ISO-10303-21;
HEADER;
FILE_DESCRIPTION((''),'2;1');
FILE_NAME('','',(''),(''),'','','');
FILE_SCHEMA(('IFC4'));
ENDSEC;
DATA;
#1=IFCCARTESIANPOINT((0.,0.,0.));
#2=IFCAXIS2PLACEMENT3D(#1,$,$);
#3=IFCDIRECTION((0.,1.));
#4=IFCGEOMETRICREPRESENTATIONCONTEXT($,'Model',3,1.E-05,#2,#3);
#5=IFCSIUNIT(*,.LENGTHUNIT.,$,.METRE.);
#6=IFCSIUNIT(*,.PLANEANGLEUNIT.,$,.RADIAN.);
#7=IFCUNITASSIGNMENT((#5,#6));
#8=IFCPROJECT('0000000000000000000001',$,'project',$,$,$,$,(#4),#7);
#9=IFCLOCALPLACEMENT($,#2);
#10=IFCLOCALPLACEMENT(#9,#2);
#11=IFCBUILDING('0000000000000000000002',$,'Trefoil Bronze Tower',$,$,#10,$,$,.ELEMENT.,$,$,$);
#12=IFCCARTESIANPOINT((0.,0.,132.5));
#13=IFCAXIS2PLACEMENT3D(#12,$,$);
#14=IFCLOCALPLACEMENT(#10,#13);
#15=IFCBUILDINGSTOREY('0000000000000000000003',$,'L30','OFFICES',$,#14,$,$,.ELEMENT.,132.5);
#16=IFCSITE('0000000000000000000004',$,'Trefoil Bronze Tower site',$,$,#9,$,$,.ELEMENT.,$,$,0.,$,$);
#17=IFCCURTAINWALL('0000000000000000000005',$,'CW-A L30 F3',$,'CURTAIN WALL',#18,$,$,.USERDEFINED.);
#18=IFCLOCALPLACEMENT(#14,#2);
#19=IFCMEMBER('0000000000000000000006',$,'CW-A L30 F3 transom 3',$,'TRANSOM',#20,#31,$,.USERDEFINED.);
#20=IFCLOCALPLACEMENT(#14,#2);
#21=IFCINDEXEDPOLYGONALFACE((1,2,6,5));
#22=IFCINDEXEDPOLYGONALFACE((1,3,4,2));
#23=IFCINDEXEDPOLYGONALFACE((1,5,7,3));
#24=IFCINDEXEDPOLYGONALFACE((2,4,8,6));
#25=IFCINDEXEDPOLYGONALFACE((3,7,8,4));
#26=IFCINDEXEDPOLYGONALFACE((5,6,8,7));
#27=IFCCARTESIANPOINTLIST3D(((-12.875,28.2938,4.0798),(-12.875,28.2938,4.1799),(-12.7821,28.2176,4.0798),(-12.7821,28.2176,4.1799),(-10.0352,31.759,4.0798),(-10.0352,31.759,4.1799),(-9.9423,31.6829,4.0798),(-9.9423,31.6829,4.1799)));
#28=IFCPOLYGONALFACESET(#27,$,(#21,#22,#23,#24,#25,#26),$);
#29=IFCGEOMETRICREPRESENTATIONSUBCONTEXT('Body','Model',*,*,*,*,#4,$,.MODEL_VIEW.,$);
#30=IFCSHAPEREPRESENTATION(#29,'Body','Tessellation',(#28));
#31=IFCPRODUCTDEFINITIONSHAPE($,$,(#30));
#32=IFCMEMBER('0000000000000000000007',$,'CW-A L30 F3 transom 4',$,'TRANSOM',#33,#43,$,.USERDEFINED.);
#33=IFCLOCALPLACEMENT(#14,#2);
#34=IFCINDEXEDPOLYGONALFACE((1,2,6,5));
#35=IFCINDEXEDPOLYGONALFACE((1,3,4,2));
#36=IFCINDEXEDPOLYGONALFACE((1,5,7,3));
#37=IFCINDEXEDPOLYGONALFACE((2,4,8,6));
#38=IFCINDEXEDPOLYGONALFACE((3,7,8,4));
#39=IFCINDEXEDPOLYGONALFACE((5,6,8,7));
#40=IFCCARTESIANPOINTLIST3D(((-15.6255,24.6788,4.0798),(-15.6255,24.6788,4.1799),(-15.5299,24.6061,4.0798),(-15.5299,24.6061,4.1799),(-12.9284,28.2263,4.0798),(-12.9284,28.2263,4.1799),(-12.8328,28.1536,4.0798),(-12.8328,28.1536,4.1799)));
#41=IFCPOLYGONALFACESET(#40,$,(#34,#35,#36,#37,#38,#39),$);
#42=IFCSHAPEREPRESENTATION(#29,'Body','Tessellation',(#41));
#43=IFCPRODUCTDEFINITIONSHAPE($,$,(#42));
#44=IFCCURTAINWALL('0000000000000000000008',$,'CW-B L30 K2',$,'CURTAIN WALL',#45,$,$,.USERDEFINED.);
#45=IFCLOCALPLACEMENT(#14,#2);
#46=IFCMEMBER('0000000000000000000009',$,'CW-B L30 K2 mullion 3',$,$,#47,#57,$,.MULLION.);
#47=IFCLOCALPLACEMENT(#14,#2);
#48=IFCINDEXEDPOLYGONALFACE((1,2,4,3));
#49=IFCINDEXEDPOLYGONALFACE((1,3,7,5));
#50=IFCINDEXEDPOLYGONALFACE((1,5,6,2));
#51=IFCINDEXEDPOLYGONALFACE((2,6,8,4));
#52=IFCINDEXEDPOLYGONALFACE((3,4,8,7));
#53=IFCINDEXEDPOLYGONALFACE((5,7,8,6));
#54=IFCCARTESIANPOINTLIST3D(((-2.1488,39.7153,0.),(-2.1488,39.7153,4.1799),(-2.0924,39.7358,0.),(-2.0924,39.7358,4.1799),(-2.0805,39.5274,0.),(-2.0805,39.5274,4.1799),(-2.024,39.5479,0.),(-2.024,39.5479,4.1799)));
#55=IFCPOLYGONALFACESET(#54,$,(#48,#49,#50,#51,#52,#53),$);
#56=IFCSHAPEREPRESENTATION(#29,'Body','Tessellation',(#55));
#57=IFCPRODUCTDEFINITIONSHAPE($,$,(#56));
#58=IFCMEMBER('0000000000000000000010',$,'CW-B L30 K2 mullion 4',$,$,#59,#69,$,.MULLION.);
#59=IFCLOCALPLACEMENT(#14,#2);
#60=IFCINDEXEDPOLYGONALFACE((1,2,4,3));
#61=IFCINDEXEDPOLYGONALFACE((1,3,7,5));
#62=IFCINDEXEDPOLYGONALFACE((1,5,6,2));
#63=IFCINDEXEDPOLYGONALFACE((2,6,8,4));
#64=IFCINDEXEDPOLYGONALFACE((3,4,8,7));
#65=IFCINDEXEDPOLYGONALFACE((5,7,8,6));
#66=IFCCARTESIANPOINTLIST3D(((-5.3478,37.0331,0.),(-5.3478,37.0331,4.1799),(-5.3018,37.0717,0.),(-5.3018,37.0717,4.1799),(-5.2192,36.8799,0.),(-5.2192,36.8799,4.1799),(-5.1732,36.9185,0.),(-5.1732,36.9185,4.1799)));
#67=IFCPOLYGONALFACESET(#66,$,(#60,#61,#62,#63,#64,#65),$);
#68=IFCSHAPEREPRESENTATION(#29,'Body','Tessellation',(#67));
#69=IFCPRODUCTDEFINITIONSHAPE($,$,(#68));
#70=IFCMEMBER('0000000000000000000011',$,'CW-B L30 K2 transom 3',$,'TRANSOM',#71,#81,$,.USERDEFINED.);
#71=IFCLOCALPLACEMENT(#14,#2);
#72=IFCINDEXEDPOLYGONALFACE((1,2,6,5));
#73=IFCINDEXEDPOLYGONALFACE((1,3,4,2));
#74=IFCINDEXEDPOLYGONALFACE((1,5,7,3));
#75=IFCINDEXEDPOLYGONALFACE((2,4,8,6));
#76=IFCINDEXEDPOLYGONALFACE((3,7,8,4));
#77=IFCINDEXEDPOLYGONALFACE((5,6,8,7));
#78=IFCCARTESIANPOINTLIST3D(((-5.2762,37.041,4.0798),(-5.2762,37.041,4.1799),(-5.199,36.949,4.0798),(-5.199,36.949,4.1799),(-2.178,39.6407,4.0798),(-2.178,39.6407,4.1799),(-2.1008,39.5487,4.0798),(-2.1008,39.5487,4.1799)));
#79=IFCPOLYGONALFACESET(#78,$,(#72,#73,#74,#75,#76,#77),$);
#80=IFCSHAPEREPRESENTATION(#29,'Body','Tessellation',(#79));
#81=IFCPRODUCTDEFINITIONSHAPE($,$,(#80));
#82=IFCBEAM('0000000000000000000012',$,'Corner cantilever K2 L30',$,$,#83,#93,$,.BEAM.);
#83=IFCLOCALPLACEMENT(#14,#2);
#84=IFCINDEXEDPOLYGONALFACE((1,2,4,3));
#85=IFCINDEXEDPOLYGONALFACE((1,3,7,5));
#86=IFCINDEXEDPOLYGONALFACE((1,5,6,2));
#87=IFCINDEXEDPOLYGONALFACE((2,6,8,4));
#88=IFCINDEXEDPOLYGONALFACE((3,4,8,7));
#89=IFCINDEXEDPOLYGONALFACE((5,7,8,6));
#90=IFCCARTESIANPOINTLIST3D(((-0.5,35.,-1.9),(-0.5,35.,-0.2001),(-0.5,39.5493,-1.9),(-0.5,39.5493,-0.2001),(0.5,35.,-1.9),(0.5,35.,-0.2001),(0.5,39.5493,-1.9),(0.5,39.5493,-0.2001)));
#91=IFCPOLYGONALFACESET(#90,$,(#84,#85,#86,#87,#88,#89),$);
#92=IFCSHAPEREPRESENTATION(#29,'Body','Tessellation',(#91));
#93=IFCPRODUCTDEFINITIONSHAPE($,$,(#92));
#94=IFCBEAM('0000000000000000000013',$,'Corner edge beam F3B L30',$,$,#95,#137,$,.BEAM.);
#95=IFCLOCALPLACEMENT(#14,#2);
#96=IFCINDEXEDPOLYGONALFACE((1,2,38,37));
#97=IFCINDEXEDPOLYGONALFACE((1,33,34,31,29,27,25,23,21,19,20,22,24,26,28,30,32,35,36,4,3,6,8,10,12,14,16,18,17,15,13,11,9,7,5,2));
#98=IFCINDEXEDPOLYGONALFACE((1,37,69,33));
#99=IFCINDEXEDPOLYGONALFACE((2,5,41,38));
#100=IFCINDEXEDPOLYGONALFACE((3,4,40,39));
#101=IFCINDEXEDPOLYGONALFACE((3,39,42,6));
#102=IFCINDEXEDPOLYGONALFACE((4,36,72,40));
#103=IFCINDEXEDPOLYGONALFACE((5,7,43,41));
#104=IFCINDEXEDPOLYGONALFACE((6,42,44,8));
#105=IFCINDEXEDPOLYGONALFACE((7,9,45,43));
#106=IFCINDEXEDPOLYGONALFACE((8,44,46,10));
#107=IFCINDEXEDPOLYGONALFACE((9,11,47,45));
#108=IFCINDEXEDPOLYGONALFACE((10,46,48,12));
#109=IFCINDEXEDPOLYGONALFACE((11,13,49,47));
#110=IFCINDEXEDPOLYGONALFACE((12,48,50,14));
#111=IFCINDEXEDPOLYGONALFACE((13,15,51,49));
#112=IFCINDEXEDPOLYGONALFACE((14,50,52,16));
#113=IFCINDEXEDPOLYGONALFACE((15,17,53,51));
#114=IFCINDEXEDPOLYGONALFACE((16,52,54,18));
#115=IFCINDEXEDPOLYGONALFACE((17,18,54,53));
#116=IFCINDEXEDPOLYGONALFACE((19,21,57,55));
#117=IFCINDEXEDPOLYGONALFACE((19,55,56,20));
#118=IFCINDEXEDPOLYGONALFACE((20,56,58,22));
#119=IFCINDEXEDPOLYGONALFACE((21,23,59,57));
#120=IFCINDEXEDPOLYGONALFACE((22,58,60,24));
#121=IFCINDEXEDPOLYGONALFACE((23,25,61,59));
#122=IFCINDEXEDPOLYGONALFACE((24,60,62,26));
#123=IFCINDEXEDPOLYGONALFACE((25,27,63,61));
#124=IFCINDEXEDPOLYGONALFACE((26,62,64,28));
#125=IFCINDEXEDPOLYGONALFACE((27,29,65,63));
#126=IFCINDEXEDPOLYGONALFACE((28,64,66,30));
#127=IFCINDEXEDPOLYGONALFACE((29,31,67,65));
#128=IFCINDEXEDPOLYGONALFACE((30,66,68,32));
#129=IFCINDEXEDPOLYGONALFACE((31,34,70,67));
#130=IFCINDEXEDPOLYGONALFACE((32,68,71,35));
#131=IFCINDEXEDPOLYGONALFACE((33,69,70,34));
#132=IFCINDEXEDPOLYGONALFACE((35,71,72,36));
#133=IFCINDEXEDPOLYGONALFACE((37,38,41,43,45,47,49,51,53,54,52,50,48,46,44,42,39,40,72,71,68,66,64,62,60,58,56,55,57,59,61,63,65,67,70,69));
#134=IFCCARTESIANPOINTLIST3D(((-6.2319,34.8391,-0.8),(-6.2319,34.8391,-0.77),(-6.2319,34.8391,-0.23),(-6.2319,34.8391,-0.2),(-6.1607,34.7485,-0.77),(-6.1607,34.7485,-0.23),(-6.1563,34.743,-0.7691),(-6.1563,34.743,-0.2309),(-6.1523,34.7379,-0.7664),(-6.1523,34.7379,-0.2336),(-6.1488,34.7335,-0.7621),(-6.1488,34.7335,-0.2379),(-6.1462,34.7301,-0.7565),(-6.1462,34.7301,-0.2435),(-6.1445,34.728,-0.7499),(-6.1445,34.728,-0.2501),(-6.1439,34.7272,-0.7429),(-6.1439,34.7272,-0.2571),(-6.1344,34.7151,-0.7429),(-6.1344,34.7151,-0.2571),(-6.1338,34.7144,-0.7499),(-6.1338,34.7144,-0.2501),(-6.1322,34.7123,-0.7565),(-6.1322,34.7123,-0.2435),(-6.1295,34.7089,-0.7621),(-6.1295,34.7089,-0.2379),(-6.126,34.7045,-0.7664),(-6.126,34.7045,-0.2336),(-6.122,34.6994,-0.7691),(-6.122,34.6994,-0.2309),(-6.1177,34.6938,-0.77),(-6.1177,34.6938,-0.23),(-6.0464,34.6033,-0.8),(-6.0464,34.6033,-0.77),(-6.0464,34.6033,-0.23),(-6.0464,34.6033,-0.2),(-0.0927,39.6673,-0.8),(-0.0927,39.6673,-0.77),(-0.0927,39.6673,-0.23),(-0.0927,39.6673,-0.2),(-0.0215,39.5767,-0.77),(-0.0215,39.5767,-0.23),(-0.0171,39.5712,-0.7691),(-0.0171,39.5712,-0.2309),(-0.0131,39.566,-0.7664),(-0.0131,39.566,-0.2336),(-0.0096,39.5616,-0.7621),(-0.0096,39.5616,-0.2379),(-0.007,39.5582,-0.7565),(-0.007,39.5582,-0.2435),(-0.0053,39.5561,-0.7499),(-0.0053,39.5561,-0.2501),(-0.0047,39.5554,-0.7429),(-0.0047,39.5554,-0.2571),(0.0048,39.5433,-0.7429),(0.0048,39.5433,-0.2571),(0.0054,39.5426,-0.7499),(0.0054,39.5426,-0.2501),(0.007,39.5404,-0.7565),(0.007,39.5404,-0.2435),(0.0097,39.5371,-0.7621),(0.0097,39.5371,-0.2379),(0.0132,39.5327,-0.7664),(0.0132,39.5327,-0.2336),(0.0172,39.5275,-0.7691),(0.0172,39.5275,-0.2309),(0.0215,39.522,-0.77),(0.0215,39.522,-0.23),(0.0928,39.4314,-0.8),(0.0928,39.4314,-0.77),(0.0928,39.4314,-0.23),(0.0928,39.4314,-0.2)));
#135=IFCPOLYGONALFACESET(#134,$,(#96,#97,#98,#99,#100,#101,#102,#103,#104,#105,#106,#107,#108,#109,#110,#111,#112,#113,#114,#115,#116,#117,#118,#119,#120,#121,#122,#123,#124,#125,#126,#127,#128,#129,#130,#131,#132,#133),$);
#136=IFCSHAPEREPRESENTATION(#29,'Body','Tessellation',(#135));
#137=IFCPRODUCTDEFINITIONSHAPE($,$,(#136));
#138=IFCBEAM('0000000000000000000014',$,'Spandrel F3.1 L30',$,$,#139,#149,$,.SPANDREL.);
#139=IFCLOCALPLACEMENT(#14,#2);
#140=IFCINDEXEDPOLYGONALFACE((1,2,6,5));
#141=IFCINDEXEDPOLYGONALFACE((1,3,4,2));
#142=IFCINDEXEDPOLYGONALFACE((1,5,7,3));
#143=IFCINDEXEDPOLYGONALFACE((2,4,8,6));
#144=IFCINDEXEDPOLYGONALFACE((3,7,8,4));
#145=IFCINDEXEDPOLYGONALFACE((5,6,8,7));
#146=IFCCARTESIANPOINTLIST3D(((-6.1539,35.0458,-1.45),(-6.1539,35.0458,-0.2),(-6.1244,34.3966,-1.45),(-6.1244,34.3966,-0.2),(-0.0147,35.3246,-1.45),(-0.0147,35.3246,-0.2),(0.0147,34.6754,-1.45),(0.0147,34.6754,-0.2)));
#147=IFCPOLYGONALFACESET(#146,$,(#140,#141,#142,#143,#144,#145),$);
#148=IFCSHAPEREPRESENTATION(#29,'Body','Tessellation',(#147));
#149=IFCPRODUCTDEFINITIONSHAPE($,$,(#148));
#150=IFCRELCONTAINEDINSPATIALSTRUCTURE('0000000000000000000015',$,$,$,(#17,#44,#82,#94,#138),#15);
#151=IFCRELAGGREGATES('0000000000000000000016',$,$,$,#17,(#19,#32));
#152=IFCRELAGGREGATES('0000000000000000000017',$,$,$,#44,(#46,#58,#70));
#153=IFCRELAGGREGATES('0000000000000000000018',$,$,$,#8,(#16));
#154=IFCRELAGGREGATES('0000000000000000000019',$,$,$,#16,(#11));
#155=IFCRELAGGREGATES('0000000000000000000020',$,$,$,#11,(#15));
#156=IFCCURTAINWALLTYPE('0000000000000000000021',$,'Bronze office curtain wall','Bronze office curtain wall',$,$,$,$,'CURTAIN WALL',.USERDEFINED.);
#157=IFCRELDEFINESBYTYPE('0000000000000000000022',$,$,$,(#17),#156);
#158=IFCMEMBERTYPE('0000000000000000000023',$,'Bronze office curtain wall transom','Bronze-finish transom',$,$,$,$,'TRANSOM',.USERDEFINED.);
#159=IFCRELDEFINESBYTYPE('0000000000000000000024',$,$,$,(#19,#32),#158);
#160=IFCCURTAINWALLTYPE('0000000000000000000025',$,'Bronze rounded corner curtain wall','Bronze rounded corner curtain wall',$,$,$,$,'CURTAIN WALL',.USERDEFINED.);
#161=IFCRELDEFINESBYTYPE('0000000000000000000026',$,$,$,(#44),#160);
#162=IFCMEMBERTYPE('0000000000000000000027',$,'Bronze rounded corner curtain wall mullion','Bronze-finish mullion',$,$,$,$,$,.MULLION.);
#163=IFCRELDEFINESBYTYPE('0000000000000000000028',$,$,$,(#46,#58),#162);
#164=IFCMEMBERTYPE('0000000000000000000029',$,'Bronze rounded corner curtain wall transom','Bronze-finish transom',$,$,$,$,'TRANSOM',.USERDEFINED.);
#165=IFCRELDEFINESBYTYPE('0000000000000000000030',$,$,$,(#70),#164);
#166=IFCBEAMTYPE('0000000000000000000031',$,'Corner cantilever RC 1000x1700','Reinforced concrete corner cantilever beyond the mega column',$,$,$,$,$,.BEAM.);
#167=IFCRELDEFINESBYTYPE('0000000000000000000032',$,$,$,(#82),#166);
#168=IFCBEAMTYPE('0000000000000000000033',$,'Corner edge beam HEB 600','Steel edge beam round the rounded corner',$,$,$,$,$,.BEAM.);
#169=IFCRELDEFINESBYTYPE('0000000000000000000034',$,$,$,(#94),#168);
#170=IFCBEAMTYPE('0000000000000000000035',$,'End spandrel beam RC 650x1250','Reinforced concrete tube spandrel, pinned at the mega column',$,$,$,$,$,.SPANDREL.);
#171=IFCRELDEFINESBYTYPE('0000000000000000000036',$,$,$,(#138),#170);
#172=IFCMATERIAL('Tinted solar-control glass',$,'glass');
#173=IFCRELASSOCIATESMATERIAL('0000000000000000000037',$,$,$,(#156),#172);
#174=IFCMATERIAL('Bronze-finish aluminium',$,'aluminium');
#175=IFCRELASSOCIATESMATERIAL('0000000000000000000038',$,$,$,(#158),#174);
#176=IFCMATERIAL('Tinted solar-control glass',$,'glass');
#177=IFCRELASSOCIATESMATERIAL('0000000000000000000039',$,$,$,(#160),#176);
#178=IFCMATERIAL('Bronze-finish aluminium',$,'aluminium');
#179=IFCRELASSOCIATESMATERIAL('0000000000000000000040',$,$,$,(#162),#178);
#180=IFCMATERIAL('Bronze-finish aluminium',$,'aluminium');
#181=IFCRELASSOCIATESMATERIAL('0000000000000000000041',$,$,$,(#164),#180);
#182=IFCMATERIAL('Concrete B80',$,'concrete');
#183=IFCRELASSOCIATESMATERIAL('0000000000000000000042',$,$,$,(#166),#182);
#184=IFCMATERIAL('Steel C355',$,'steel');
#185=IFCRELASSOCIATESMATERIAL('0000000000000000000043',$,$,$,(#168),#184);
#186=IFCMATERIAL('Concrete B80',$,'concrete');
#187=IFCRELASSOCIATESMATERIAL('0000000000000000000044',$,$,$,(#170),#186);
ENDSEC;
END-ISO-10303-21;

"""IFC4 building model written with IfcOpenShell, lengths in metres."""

from ifc_helpers import new_model, si_unit, direction, frame, origin, origin_2d, place, context, subcontext, project, spatial, rectangle, i_section, extrude, material, material_profile, profile_set, type_object, element, aggregate, save


model = new_model("IFC4")

# Units and contexts
model_context = context("Model", 3, precision=1e-05, world=origin(), true_north=direction((0.0, 1.0)))
body_context = subcontext(model_context, "Body", "Model", "MODEL_VIEW")
ifc_project = project(units=[si_unit("LENGTHUNIT", "METRE"), si_unit("PLANEANGLEUNIT", "RADIAN")], contexts=[model_context])

# Site, building, storey
site_placement = place(None, origin())
site = spatial("IfcSite", under=ifc_project, at=site_placement, Name="Trefoil Bronze Tower site", CompositionType="ELEMENT", RefElevation=0.0)
building_placement = place(site_placement, origin())
building = spatial("IfcBuilding", under=site, at=building_placement, Name="Trefoil Bronze Tower", CompositionType="ELEMENT")
storey_placement = place(building_placement, frame((0.0, 0.0, 132.5)))
storey = spatial("IfcBuildingStorey", under=building, at=storey_placement, Name="L30", Description="OFFICES", CompositionType="ELEMENT", Elevation=132.5)

# Curtain walls, members
ifc_material_1 = material(Name="Tinted solar-control glass", Category="glass")
curtain_wall_type_1 = type_object("IfcCurtainWallType", Name="Bronze office curtain wall", Description="Bronze office curtain wall", ElementType="CURTAIN WALL", PredefinedType="USERDEFINED", material=ifc_material_1)
curtain_wall_1_placement = place(storey_placement, origin())
curtain_wall_1 = element("IfcCurtainWall", 1, at=curtain_wall_1_placement, inside=storey, type_object=curtain_wall_type_1, Name="CW-A L30 F3", ObjectType="CURTAIN WALL", PredefinedType="USERDEFINED")
ifc_material_2 = material(Name="Bronze-finish aluminium", Category="aluminium")
ifc_material_profile_1 = material_profile(ifc_material_2, rectangle(XDim=0.1201, YDim=0.1001, at=origin_2d()), Name="CW-A transom")
ifc_profile_set_1 = profile_set([ifc_material_profile_1], Name="Bronze-finish aluminium")
member_type_1 = type_object("IfcMemberType", Name="Bronze office curtain wall transom", Description="Bronze-finish transom", ElementType="TRANSOM", PredefinedType="USERDEFINED", material=ifc_profile_set_1)
member_1_placement = place(storey_placement, frame((-9.9888, 31.7209, 4.1299), z_axis=(-0.633849, -0.773457, 0.0), x_axis=(0.773457, -0.633849, 0.0)))
member_1 = element("IfcMember", 2, at=member_1_placement, type_object=member_type_1, Name="CW-A L30 F3 transom 3", ObjectType="TRANSOM", PredefinedType="USERDEFINED", context=body_context, shape_type="SweptSolid", body=[
    extrude(rectangle(XDim=0.1201, YDim=0.1001, at=origin_2d()), origin(), (0.0, 0.0, 1.0), 4.4802),
])
member_2_placement = place(storey_placement, frame((-12.8806, 28.1899, 4.1299), z_axis=(-0.605229, -0.796051, 0.0), x_axis=(0.796051, -0.605229, 0.0)))
member_2 = element("IfcMember", 3, at=member_2_placement, type_object=member_type_1, Name="CW-A L30 F3 transom 4", ObjectType="TRANSOM", PredefinedType="USERDEFINED", context=body_context, shape_type="SweptSolid", body=[
    extrude(rectangle(XDim=0.1201, YDim=0.1001, at=origin_2d()), origin(), (0.0, 0.0, 1.0), 4.4563),
])
ifc_material_3 = material(Name="Tinted solar-control glass", Category="glass")
curtain_wall_type_2 = type_object("IfcCurtainWallType", Name="Bronze rounded corner curtain wall", Description="Bronze rounded corner curtain wall", ElementType="CURTAIN WALL", PredefinedType="USERDEFINED", material=ifc_material_3)
curtain_wall_2_placement = place(storey_placement, origin())
curtain_wall_2 = element("IfcCurtainWall", 4, at=curtain_wall_2_placement, inside=storey, type_object=curtain_wall_type_2, Name="CW-B L30 K2", ObjectType="CURTAIN WALL", PredefinedType="USERDEFINED")
ifc_material_4 = material(Name="Bronze-finish aluminium", Category="aluminium")
ifc_material_profile_2 = material_profile(ifc_material_4, rectangle(XDim=0.2, YDim=0.0601, at=origin_2d()), Name="CW-B mullion")
ifc_profile_set_2 = profile_set([ifc_material_profile_2], Name="Bronze-finish aluminium")
member_type_2 = type_object("IfcMemberType", Name="Bronze rounded corner curtain wall mullion", Description="Bronze-finish mullion", PredefinedType="MULLION", material=ifc_profile_set_2)
member_3_placement = place(storey_placement, frame((-2.0864, 39.6316, 0.0), z_axis=(0.0, 0.0, 1.0), x_axis=(0.34202, -0.939693, 0.0)))
member_3 = element("IfcMember", 5, at=member_3_placement, type_object=member_type_2, Name="CW-B L30 K2 mullion 3", PredefinedType="MULLION", context=body_context, shape_type="SweptSolid", body=[
    extrude(rectangle(XDim=0.2, YDim=0.0601, at=origin_2d()), origin(), (0.0, 0.0, 1.0), 4.1799),
])
member_4_placement = place(storey_placement, frame((-5.2605, 36.9758, 0.0), z_axis=(0.0, 0.0, 1.0), x_axis=(0.642788, -0.766044, 0.0)))
member_4 = element("IfcMember", 6, at=member_4_placement, type_object=member_type_2, Name="CW-B L30 K2 mullion 4", PredefinedType="MULLION", context=body_context, shape_type="SweptSolid", body=[
    extrude(rectangle(XDim=0.2, YDim=0.0601, at=origin_2d()), origin(), (0.0, 0.0, 1.0), 4.1799),
])
ifc_material_5 = material(Name="Bronze-finish aluminium", Category="aluminium")
ifc_material_profile_3 = material_profile(ifc_material_5, rectangle(XDim=0.1201, YDim=0.1001, at=origin_2d()), Name="CW-B transom")
ifc_profile_set_3 = profile_set([ifc_material_profile_3], Name="Bronze-finish aluminium")
member_type_3 = type_object("IfcMemberType", Name="Bronze rounded corner curtain wall transom", Description="Bronze-finish transom", ElementType="TRANSOM", PredefinedType="USERDEFINED", material=ifc_profile_set_3)
member_5_placement = place(storey_placement, frame((-2.1394, 39.5947, 4.1299), z_axis=(-0.76605, -0.642781, 0.0), x_axis=(0.642781, -0.76605, 0.0)))
member_5 = element("IfcMember", 7, at=member_5_placement, type_object=member_type_3, Name="CW-B L30 K2 transom 3", ObjectType="TRANSOM", PredefinedType="USERDEFINED", context=body_context, shape_type="SweptSolid", body=[
    extrude(rectangle(XDim=0.1201, YDim=0.1001, at=origin_2d()), origin(), (0.0, 0.0, 1.0), 4.0444),
])

# Beams
ifc_material_6 = material(Name="Concrete B80", Category="concrete")
ifc_material_profile_4 = material_profile(ifc_material_6, rectangle(XDim=1.0, YDim=1.7, at=origin_2d()), Name="RC 1000x1700")
ifc_profile_set_4 = profile_set([ifc_material_profile_4], Name="Concrete B80")
beam_type_1 = type_object("IfcBeamType", Name="Corner cantilever RC 1000x1700", Description="Reinforced concrete corner cantilever beyond the mega column", PredefinedType="BEAM", material=ifc_profile_set_4)
beam_1_placement = place(storey_placement, frame((0.0, 35.0, -1.05), z_axis=(0.0, 1.0, 0.0), x_axis=(-1.0, 0.0, 0.0)))
element("IfcBeam", 8, at=beam_1_placement, inside=storey, type_object=beam_type_1, Name="Corner cantilever K2 L30", PredefinedType="BEAM", context=body_context, shape_type="SweptSolid", body=[
    extrude(rectangle(XDim=1.0, YDim=1.7, at=origin_2d()), origin(), (0.0, 0.0, 1.0), 4.5493),
])
ifc_material_7 = material(Name="Steel C355", Category="steel")
ifc_material_profile_5 = material_profile(ifc_material_7, i_section(OverallWidth=0.3, OverallDepth=0.6001, WebThickness=0.0154, FlangeThickness=0.03, FilletRadius=0.0271, at=origin_2d()), Name="HEB 600")
ifc_profile_set_5 = profile_set([ifc_material_profile_5], Name="Steel C355")
beam_type_2 = type_object("IfcBeamType", Name="Corner edge beam HEB 600", Description="Steel edge beam round the rounded corner", PredefinedType="BEAM", material=ifc_profile_set_5)
beam_2_placement = place(storey_placement, frame((-6.1392, 34.7212, -0.5), z_axis=(0.786038, 0.618178, 0.0), x_axis=(-0.618178, 0.786038, 0.0)))
element("IfcBeam", 9, at=beam_2_placement, inside=storey, type_object=beam_type_2, Name="Corner edge beam F3B L30", PredefinedType="BEAM", context=body_context, shape_type="SweptSolid", body=[
    extrude(i_section(OverallWidth=0.3, OverallDepth=0.6001, WebThickness=0.0154, FlangeThickness=0.03, FilletRadius=0.0271, at=origin_2d()), origin(), (0.0, 0.0, 1.0), 7.8103),
])
ifc_material_8 = material(Name="Concrete B80", Category="concrete")
ifc_material_profile_6 = material_profile(ifc_material_8, rectangle(XDim=0.6499, YDim=1.25, at=origin_2d()), Name="RC 650x1250")
ifc_profile_set_6 = profile_set([ifc_material_profile_6], Name="Concrete B80")
beam_type_3 = type_object("IfcBeamType", Name="End spandrel beam RC 650x1250", Description="Reinforced concrete tube spandrel, pinned at the mega column", PredefinedType="SPANDREL", material=ifc_profile_set_6)
beam_3_placement = place(storey_placement, frame((0.0, 35.0, -0.825), z_axis=(-0.99897, -0.045368, 0.0), x_axis=(0.045368, -0.99897, 0.0)))
element("IfcBeam", 10, at=beam_3_placement, inside=storey, type_object=beam_type_3, Name="Spandrel F3.1 L30", PredefinedType="SPANDREL", context=body_context, shape_type="SweptSolid", body=[
    extrude(rectangle(XDim=0.6499, YDim=1.25, at=origin_2d()), origin(), (0.0, 0.0, 1.0), 6.1455),
])

aggregate(curtain_wall_1, [member_1, member_2])
aggregate(curtain_wall_2, [member_3, member_4, member_5])

save(model, "model.ifc")
